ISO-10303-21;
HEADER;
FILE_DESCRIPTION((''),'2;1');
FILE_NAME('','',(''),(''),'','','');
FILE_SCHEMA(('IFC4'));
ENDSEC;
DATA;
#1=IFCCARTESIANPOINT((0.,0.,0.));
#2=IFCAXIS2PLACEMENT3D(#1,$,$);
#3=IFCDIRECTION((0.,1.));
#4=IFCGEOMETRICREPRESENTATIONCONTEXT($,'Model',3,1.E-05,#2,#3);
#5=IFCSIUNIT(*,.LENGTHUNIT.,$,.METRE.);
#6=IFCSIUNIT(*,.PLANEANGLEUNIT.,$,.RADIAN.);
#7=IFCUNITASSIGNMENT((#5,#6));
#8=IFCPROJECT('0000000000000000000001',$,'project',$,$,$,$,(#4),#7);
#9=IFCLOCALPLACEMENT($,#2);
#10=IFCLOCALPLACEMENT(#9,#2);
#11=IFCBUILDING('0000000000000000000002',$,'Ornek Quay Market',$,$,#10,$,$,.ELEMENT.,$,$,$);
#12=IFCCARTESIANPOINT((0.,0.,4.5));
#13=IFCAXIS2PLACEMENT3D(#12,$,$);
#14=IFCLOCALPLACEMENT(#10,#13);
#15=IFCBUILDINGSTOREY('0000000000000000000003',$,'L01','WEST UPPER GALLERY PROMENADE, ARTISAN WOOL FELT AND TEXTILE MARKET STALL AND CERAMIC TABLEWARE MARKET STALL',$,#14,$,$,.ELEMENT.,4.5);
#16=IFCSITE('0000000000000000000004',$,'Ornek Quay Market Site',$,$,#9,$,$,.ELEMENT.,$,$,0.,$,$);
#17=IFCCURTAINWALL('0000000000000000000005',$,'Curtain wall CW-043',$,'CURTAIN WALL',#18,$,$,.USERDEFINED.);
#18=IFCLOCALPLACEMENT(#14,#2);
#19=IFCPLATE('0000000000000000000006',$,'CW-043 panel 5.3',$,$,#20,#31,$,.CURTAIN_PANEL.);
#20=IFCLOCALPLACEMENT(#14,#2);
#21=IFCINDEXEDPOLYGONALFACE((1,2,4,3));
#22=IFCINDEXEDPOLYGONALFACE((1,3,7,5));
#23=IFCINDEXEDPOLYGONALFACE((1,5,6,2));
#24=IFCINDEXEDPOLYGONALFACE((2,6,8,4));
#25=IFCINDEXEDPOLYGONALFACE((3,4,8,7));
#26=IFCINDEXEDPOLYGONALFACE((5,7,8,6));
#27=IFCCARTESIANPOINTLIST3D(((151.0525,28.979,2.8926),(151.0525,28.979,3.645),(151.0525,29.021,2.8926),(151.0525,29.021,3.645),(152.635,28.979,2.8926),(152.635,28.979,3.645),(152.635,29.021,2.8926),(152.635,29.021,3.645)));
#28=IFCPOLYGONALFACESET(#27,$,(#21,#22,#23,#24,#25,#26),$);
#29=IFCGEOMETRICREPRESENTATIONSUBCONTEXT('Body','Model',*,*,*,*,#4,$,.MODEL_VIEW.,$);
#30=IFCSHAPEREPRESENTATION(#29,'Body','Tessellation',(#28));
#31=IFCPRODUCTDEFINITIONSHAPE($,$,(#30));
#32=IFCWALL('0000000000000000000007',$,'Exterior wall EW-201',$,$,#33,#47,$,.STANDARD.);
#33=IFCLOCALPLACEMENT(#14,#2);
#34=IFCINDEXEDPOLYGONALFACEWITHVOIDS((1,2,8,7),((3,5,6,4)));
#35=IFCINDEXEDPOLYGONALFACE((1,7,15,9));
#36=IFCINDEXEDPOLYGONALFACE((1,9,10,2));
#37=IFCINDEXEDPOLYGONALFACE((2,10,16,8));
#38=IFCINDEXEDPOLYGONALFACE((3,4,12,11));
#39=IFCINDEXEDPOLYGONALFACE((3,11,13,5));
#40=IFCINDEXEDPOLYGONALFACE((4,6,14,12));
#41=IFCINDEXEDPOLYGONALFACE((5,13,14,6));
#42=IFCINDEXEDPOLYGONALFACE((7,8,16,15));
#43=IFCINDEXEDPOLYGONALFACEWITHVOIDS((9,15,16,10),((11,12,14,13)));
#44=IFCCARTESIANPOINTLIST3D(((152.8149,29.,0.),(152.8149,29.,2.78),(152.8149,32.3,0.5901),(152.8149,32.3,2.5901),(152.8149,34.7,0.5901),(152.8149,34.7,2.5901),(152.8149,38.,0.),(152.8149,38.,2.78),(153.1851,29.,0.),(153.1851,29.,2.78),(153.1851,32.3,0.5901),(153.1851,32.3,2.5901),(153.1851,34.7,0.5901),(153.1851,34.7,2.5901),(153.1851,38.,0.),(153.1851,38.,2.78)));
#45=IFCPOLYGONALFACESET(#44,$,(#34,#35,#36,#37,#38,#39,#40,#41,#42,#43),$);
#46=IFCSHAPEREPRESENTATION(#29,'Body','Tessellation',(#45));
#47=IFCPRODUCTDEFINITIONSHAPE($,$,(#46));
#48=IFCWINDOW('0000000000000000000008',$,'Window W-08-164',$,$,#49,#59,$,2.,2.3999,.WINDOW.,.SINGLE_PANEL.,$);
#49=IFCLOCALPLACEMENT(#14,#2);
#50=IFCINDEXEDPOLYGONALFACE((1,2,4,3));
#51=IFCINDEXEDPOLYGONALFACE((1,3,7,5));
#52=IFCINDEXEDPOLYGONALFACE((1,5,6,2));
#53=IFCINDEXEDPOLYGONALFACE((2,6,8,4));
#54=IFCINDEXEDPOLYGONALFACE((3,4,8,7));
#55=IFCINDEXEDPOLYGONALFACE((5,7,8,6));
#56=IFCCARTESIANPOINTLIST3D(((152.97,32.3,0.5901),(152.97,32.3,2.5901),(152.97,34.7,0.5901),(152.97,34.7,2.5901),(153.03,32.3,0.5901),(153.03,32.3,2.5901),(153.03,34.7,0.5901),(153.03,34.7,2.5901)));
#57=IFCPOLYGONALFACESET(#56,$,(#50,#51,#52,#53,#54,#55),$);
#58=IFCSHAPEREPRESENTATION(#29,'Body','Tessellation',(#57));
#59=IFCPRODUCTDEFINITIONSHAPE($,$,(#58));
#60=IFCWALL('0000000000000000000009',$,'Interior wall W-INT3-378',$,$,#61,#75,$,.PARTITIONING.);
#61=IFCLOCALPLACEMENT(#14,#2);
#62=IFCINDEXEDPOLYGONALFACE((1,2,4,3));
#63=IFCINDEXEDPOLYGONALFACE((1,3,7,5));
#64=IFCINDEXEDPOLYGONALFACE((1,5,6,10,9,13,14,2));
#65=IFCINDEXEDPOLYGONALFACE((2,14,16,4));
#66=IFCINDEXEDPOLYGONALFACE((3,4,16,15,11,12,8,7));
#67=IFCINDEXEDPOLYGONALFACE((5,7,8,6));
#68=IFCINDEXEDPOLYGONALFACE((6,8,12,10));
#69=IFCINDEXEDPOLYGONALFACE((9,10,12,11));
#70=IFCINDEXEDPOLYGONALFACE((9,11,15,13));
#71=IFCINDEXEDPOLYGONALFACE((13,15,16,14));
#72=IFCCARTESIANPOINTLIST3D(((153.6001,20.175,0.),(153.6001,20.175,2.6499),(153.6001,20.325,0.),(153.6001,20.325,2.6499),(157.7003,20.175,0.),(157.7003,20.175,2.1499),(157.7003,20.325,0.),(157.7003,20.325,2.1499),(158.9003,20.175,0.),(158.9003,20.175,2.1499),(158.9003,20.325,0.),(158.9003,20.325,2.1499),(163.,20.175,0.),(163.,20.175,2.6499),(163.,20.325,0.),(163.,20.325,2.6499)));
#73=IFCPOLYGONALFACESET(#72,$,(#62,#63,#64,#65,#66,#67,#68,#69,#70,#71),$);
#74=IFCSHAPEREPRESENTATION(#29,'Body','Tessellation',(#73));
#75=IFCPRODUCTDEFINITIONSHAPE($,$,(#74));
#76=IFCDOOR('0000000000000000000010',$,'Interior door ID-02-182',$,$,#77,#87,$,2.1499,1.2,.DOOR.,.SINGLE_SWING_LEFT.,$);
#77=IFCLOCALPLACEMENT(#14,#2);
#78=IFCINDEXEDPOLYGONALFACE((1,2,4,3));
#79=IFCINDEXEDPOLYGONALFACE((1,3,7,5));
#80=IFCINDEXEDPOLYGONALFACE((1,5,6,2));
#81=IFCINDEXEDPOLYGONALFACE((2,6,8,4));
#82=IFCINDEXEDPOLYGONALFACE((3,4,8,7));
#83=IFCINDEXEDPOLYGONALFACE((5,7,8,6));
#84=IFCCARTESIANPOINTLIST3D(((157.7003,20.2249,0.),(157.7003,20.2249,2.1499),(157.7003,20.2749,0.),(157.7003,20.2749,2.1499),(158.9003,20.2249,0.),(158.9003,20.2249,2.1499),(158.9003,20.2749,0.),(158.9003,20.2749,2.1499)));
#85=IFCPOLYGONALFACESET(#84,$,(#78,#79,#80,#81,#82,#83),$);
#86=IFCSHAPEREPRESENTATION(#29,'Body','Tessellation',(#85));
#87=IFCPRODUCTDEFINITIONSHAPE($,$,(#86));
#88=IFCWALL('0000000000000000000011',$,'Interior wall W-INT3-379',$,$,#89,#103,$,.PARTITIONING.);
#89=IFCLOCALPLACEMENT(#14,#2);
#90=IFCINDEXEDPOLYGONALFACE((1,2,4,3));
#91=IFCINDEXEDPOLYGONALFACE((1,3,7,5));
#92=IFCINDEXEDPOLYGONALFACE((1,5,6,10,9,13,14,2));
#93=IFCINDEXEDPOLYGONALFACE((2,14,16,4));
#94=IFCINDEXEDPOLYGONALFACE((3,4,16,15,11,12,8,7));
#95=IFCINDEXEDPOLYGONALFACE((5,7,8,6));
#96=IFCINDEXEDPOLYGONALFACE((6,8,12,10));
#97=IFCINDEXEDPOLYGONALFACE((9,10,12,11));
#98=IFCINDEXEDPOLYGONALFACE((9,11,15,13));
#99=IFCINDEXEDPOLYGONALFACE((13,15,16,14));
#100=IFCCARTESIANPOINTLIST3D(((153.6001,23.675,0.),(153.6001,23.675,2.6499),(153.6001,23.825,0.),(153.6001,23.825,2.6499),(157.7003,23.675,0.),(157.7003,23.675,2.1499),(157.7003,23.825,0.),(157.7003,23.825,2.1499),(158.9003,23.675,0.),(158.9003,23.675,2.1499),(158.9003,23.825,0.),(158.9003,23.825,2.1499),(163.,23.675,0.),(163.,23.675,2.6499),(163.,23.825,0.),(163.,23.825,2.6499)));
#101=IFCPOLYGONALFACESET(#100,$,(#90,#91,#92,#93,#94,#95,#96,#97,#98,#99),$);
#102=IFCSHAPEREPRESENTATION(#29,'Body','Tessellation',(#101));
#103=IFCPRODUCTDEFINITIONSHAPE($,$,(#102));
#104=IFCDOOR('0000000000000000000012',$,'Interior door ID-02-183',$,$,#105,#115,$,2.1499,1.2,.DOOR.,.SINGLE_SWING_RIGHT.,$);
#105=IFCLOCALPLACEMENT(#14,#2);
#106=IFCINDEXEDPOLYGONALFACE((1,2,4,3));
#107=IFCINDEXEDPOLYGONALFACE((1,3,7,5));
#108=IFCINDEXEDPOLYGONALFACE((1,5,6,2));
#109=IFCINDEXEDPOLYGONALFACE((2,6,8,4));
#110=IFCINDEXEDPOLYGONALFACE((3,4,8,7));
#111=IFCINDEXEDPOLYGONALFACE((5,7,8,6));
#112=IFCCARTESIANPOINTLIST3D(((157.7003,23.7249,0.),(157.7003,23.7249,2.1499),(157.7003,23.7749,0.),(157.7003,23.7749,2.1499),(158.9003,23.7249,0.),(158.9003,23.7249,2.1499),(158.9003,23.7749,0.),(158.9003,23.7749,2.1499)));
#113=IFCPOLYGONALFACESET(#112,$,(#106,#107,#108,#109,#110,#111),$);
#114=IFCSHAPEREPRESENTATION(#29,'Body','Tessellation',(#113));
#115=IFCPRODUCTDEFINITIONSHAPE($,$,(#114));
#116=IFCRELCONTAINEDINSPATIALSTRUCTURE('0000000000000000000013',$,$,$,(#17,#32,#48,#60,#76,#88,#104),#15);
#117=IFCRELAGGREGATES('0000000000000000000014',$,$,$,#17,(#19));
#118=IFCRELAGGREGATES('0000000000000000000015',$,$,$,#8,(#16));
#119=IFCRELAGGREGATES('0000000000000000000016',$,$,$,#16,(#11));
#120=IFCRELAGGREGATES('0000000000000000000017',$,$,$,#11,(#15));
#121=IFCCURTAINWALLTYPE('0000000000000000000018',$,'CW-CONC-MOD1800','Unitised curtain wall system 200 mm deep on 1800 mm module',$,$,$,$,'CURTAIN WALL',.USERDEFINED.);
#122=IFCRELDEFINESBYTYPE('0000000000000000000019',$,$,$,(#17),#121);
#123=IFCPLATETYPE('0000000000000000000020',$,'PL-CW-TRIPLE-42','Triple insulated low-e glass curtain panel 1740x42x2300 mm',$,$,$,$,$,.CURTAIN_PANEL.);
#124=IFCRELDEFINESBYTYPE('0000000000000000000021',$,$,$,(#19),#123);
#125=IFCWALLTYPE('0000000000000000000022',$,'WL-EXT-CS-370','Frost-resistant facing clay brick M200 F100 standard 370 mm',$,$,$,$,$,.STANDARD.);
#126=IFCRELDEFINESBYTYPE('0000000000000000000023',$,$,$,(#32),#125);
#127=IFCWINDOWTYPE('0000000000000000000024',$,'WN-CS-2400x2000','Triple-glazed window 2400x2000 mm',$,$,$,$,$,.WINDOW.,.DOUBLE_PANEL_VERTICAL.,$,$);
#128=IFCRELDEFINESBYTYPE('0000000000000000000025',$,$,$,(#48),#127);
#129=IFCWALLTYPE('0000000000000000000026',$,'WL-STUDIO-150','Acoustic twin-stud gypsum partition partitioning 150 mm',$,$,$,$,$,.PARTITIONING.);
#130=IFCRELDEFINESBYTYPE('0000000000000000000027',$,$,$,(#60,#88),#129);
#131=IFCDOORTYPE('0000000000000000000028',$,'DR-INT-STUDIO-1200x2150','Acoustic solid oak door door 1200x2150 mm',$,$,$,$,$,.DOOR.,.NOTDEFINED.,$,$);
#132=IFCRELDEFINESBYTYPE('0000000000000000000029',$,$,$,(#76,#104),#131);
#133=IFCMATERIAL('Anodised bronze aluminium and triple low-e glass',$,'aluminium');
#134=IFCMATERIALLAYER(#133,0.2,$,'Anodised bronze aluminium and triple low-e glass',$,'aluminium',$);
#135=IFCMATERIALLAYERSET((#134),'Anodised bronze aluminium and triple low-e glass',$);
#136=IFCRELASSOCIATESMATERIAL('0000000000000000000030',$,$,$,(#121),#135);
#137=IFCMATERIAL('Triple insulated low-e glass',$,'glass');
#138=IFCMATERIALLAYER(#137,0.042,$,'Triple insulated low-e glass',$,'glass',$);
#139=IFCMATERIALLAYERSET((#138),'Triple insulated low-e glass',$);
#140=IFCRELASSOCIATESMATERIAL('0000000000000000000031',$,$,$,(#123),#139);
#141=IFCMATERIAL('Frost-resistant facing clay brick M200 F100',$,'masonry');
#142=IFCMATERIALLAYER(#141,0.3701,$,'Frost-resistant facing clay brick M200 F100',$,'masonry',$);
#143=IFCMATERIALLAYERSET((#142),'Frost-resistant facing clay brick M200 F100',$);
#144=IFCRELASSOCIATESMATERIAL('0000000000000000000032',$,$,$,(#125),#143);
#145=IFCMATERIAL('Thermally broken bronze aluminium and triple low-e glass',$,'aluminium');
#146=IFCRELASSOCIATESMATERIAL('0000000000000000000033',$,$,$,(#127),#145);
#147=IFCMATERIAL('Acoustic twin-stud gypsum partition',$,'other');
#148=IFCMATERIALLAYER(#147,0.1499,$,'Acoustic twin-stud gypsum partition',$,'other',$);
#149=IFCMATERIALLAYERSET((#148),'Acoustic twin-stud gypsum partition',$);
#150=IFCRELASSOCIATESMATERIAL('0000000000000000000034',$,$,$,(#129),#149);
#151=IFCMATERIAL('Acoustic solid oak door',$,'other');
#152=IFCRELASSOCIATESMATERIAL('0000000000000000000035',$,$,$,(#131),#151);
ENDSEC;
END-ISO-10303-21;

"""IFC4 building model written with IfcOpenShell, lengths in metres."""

from ifc_helpers import new_model, si_unit, direction, frame, frame_2d, origin, origin_2d, place, context, subcontext, project, spatial, rectangle, extrude, material, layer, layer_set, type_object, element, fill, aggregate, save


model = new_model("IFC4")

# Units and contexts
model_context = context("Model", 3, precision=1e-05, world=origin(), true_north=direction((0.0, 1.0)))
body_context = subcontext(model_context, "Body", "Model", "MODEL_VIEW")
ifc_project = project(units=[si_unit("LENGTHUNIT", "METRE"), si_unit("PLANEANGLEUNIT", "RADIAN")], contexts=[model_context])

# Site, building, storey
site_placement = place(None, origin())
site = spatial("IfcSite", under=ifc_project, at=site_placement, Name="Ornek Quay Market Site", CompositionType="ELEMENT", RefElevation=0.0)
building_placement = place(site_placement, origin())
building = spatial("IfcBuilding", under=site, at=building_placement, Name="Ornek Quay Market", CompositionType="ELEMENT")
storey_placement = place(building_placement, frame((0.0, 0.0, 4.5)))
storey = spatial("IfcBuildingStorey", under=building, at=storey_placement, Name="L01", Description="WEST UPPER GALLERY PROMENADE, ARTISAN WOOL FELT AND TEXTILE MARKET STALL AND CERAMIC TABLEWARE MARKET STALL", CompositionType="ELEMENT", Elevation=4.5)

# Shared definitions
ifc_material_1 = material(Name="Anodised bronze aluminium and triple low-e glass", Category="aluminium")

# Curtain wall, plate
ifc_layer_1 = layer(ifc_material_1, 0.2, Name="Anodised bronze aluminium and triple low-e glass", Category="aluminium")
ifc_layer_set_1 = layer_set([ifc_layer_1], Name="Anodised bronze aluminium and triple low-e glass")
curtain_wall_type_1 = type_object("IfcCurtainWallType", Name="CW-CONC-MOD1800", Description="Unitised curtain wall system 200 mm deep on 1800 mm module", ElementType="CURTAIN WALL", PredefinedType="USERDEFINED", material=ifc_layer_set_1)
curtain_wall_1_placement = place(storey_placement, origin())
curtain_wall_1 = element("IfcCurtainWall", 1, at=curtain_wall_1_placement, inside=storey, type_object=curtain_wall_type_1, Name="Curtain wall CW-043", ObjectType="CURTAIN WALL", PredefinedType="USERDEFINED")
ifc_material_2 = material(Name="Triple insulated low-e glass", Category="glass")
ifc_layer_2 = layer(ifc_material_2, 0.042, Name="Triple insulated low-e glass", Category="glass")
ifc_layer_set_2 = layer_set([ifc_layer_2], Name="Triple insulated low-e glass")
plate_type = type_object("IfcPlateType", Name="PL-CW-TRIPLE-42", Description="Triple insulated low-e glass curtain panel 1740x42x2300 mm", PredefinedType="CURTAIN_PANEL", material=ifc_layer_set_2)
plate_1_placement = place(storey_placement, frame((151.8438, 29.0, 2.8926), z_axis=(0.0, 0.0, 1.0), x_axis=(1.0, 0.0, 0.0)))
plate_1 = element("IfcPlate", 2, at=plate_1_placement, type_object=plate_type, Name="CW-043 panel 5.3", PredefinedType="CURTAIN_PANEL", context=body_context, shape_type="SweptSolid", body=[
    extrude(rectangle(XDim=1.5825, YDim=0.042, at=origin_2d()), origin(), (0.0, 0.0, 1.0), 0.7524),
])
aggregate(curtain_wall_1, [plate_1])

# Wall, opening, window
ifc_material_3 = material(Name="Frost-resistant facing clay brick M200 F100", Category="masonry")
ifc_layer_3 = layer(ifc_material_3, 0.3701, Name="Frost-resistant facing clay brick M200 F100", Category="masonry")
ifc_layer_set_3 = layer_set([ifc_layer_3], Name="Frost-resistant facing clay brick M200 F100")
wall_type_1 = type_object("IfcWallType", Name="WL-EXT-CS-370", Description="Frost-resistant facing clay brick M200 F100 standard 370 mm", PredefinedType="STANDARD", material=ifc_layer_set_3)
wall_1_placement = place(storey_placement, frame((153.0, 29.0, 0.0), z_axis=(0.0, 0.0, 1.0), x_axis=(0.0, 1.0, 0.0)))
wall_1 = element("IfcWall", 3, at=wall_1_placement, inside=storey, type_object=wall_type_1, Name="Exterior wall EW-201", PredefinedType="STANDARD", context=body_context, shape_type="SweptSolid", body=[
    extrude(rectangle(XDim=9.0, YDim=0.3701, at=frame_2d((4.5, 0.0))), origin(), (0.0, 0.0, 1.0), 2.78),
])
opening_1_placement = place(wall_1_placement, frame((3.3, 0.0, 0.5901)))
opening_1 = element("IfcOpeningElement", 4, at=opening_1_placement, cuts=wall_1, PredefinedType="OPENING", context=body_context, shape_type="SweptSolid", body=[
    extrude(rectangle(XDim=2.3999, YDim=2.0, at=frame_2d((1.2, 1.0))), frame((0.0, 0.1951, 0.0), z_axis=(0.0, -1.0, 0.0), x_axis=(1.0, 0.0, 0.0)), (0.0, 0.0, 1.0), 0.3901),
])
ifc_material_4 = material(Name="Thermally broken bronze aluminium and triple low-e glass", Category="aluminium")
window_type = type_object("IfcWindowType", Name="WN-CS-2400x2000", Description="Triple-glazed window 2400x2000 mm", PartitioningType="DOUBLE_PANEL_VERTICAL", PredefinedType="WINDOW", material=ifc_material_4)
window_placement = place(opening_1_placement, origin())
window = element("IfcWindow", 5, at=window_placement, inside=storey, type_object=window_type, Name="Window W-08-164", OverallHeight=2.0, OverallWidth=2.3999, PartitioningType="SINGLE_PANEL", PredefinedType="WINDOW", context=body_context, shape_type="SweptSolid", body=[
    extrude(rectangle(XDim=2.3999, YDim=2.0, at=frame_2d((1.2, 1.0))), frame((0.0, 0.03, 0.0), z_axis=(0.0, -1.0, 0.0), x_axis=(1.0, 0.0, 0.0)), (0.0, 0.0, 1.0), 0.0601),
])
fill(opening_1, window)

# Walls, openings, doors
ifc_material_5 = material(Name="Acoustic twin-stud gypsum partition", Category="other")
ifc_layer_4 = layer(ifc_material_5, 0.1499, Name="Acoustic twin-stud gypsum partition", Category="other")
ifc_layer_set_4 = layer_set([ifc_layer_4], Name="Acoustic twin-stud gypsum partition")
wall_type_2 = type_object("IfcWallType", Name="WL-STUDIO-150", Description="Acoustic twin-stud gypsum partition partitioning 150 mm", PredefinedType="PARTITIONING", material=ifc_layer_set_4)
wall_2_placement = place(storey_placement, frame((153.6001, 20.25, 0.0), z_axis=(0.0, 0.0, 1.0), x_axis=(1.0, 0.0, 0.0)))
wall_2 = element("IfcWall", 6, at=wall_2_placement, inside=storey, type_object=wall_type_2, Name="Interior wall W-INT3-378", PredefinedType="PARTITIONING", context=body_context, shape_type="SweptSolid", body=[
    extrude(rectangle(XDim=9.3999, YDim=0.1499, at=frame_2d((4.7, 0.0))), origin(), (0.0, 0.0, 1.0), 2.6499),
])
opening_2_placement = place(wall_2_placement, frame((4.1001, 0.0, 0.0)))
opening_2 = element("IfcOpeningElement", 7, at=opening_2_placement, cuts=wall_2, PredefinedType="OPENING", context=body_context, shape_type="SweptSolid", body=[
    extrude(rectangle(XDim=1.2, YDim=2.1499, at=frame_2d((0.6001, 1.075))), frame((0.0, 0.085, 0.0), z_axis=(0.0, -1.0, 0.0), x_axis=(1.0, 0.0, 0.0)), (0.0, 0.0, 1.0), 0.1699),
])
ifc_material_6 = material(Name="Acoustic solid oak door", Category="other")
door_type = type_object("IfcDoorType", Name="DR-INT-STUDIO-1200x2150", Description="Acoustic solid oak door door 1200x2150 mm", OperationType="NOTDEFINED", PredefinedType="DOOR", material=ifc_material_6)
door_1_placement = place(opening_2_placement, origin())
door_1 = element("IfcDoor", 8, at=door_1_placement, inside=storey, type_object=door_type, Name="Interior door ID-02-182", OperationType="SINGLE_SWING_LEFT", OverallHeight=2.1499, OverallWidth=1.2, PredefinedType="DOOR", context=body_context, shape_type="SweptSolid", body=[
    extrude(rectangle(XDim=1.2, YDim=2.1499, at=frame_2d((0.6001, 1.075))), frame((0.0, 0.0249, 0.0), z_axis=(0.0, -1.0, 0.0), x_axis=(1.0, 0.0, 0.0)), (0.0, 0.0, 1.0), 0.05),
])
fill(opening_2, door_1)
wall_3_placement = place(storey_placement, frame((153.6001, 23.75, 0.0), z_axis=(0.0, 0.0, 1.0), x_axis=(1.0, 0.0, 0.0)))
wall_3 = element("IfcWall", 9, at=wall_3_placement, inside=storey, type_object=wall_type_2, Name="Interior wall W-INT3-379", PredefinedType="PARTITIONING", context=body_context, shape_type="SweptSolid", body=[
    extrude(rectangle(XDim=9.3999, YDim=0.1499, at=frame_2d((4.7, 0.0))), origin(), (0.0, 0.0, 1.0), 2.6499),
])
opening_3_placement = place(wall_3_placement, frame((4.1001, 0.0, 0.0)))
opening_3 = element("IfcOpeningElement", 10, at=opening_3_placement, cuts=wall_3, PredefinedType="OPENING", context=body_context, shape_type="SweptSolid", body=[
    extrude(rectangle(XDim=1.2, YDim=2.1499, at=frame_2d((0.6001, 1.075))), frame((0.0, 0.085, 0.0), z_axis=(0.0, -1.0, 0.0), x_axis=(1.0, 0.0, 0.0)), (0.0, 0.0, 1.0), 0.1699),
])
door_2_placement = place(opening_3_placement, origin())
door_2 = element("IfcDoor", 11, at=door_2_placement, inside=storey, type_object=door_type, Name="Interior door ID-02-183", OperationType="SINGLE_SWING_RIGHT", OverallHeight=2.1499, OverallWidth=1.2, PredefinedType="DOOR", context=body_context, shape_type="SweptSolid", body=[
    extrude(rectangle(XDim=1.2, YDim=2.1499, at=frame_2d((0.6001, 1.075))), frame((0.0, 0.0249, 0.0), z_axis=(0.0, -1.0, 0.0), x_axis=(1.0, 0.0, 0.0)), (0.0, 0.0, 1.0), 0.05),
])
fill(opening_3, door_2)

save(model, "model.ifc")
